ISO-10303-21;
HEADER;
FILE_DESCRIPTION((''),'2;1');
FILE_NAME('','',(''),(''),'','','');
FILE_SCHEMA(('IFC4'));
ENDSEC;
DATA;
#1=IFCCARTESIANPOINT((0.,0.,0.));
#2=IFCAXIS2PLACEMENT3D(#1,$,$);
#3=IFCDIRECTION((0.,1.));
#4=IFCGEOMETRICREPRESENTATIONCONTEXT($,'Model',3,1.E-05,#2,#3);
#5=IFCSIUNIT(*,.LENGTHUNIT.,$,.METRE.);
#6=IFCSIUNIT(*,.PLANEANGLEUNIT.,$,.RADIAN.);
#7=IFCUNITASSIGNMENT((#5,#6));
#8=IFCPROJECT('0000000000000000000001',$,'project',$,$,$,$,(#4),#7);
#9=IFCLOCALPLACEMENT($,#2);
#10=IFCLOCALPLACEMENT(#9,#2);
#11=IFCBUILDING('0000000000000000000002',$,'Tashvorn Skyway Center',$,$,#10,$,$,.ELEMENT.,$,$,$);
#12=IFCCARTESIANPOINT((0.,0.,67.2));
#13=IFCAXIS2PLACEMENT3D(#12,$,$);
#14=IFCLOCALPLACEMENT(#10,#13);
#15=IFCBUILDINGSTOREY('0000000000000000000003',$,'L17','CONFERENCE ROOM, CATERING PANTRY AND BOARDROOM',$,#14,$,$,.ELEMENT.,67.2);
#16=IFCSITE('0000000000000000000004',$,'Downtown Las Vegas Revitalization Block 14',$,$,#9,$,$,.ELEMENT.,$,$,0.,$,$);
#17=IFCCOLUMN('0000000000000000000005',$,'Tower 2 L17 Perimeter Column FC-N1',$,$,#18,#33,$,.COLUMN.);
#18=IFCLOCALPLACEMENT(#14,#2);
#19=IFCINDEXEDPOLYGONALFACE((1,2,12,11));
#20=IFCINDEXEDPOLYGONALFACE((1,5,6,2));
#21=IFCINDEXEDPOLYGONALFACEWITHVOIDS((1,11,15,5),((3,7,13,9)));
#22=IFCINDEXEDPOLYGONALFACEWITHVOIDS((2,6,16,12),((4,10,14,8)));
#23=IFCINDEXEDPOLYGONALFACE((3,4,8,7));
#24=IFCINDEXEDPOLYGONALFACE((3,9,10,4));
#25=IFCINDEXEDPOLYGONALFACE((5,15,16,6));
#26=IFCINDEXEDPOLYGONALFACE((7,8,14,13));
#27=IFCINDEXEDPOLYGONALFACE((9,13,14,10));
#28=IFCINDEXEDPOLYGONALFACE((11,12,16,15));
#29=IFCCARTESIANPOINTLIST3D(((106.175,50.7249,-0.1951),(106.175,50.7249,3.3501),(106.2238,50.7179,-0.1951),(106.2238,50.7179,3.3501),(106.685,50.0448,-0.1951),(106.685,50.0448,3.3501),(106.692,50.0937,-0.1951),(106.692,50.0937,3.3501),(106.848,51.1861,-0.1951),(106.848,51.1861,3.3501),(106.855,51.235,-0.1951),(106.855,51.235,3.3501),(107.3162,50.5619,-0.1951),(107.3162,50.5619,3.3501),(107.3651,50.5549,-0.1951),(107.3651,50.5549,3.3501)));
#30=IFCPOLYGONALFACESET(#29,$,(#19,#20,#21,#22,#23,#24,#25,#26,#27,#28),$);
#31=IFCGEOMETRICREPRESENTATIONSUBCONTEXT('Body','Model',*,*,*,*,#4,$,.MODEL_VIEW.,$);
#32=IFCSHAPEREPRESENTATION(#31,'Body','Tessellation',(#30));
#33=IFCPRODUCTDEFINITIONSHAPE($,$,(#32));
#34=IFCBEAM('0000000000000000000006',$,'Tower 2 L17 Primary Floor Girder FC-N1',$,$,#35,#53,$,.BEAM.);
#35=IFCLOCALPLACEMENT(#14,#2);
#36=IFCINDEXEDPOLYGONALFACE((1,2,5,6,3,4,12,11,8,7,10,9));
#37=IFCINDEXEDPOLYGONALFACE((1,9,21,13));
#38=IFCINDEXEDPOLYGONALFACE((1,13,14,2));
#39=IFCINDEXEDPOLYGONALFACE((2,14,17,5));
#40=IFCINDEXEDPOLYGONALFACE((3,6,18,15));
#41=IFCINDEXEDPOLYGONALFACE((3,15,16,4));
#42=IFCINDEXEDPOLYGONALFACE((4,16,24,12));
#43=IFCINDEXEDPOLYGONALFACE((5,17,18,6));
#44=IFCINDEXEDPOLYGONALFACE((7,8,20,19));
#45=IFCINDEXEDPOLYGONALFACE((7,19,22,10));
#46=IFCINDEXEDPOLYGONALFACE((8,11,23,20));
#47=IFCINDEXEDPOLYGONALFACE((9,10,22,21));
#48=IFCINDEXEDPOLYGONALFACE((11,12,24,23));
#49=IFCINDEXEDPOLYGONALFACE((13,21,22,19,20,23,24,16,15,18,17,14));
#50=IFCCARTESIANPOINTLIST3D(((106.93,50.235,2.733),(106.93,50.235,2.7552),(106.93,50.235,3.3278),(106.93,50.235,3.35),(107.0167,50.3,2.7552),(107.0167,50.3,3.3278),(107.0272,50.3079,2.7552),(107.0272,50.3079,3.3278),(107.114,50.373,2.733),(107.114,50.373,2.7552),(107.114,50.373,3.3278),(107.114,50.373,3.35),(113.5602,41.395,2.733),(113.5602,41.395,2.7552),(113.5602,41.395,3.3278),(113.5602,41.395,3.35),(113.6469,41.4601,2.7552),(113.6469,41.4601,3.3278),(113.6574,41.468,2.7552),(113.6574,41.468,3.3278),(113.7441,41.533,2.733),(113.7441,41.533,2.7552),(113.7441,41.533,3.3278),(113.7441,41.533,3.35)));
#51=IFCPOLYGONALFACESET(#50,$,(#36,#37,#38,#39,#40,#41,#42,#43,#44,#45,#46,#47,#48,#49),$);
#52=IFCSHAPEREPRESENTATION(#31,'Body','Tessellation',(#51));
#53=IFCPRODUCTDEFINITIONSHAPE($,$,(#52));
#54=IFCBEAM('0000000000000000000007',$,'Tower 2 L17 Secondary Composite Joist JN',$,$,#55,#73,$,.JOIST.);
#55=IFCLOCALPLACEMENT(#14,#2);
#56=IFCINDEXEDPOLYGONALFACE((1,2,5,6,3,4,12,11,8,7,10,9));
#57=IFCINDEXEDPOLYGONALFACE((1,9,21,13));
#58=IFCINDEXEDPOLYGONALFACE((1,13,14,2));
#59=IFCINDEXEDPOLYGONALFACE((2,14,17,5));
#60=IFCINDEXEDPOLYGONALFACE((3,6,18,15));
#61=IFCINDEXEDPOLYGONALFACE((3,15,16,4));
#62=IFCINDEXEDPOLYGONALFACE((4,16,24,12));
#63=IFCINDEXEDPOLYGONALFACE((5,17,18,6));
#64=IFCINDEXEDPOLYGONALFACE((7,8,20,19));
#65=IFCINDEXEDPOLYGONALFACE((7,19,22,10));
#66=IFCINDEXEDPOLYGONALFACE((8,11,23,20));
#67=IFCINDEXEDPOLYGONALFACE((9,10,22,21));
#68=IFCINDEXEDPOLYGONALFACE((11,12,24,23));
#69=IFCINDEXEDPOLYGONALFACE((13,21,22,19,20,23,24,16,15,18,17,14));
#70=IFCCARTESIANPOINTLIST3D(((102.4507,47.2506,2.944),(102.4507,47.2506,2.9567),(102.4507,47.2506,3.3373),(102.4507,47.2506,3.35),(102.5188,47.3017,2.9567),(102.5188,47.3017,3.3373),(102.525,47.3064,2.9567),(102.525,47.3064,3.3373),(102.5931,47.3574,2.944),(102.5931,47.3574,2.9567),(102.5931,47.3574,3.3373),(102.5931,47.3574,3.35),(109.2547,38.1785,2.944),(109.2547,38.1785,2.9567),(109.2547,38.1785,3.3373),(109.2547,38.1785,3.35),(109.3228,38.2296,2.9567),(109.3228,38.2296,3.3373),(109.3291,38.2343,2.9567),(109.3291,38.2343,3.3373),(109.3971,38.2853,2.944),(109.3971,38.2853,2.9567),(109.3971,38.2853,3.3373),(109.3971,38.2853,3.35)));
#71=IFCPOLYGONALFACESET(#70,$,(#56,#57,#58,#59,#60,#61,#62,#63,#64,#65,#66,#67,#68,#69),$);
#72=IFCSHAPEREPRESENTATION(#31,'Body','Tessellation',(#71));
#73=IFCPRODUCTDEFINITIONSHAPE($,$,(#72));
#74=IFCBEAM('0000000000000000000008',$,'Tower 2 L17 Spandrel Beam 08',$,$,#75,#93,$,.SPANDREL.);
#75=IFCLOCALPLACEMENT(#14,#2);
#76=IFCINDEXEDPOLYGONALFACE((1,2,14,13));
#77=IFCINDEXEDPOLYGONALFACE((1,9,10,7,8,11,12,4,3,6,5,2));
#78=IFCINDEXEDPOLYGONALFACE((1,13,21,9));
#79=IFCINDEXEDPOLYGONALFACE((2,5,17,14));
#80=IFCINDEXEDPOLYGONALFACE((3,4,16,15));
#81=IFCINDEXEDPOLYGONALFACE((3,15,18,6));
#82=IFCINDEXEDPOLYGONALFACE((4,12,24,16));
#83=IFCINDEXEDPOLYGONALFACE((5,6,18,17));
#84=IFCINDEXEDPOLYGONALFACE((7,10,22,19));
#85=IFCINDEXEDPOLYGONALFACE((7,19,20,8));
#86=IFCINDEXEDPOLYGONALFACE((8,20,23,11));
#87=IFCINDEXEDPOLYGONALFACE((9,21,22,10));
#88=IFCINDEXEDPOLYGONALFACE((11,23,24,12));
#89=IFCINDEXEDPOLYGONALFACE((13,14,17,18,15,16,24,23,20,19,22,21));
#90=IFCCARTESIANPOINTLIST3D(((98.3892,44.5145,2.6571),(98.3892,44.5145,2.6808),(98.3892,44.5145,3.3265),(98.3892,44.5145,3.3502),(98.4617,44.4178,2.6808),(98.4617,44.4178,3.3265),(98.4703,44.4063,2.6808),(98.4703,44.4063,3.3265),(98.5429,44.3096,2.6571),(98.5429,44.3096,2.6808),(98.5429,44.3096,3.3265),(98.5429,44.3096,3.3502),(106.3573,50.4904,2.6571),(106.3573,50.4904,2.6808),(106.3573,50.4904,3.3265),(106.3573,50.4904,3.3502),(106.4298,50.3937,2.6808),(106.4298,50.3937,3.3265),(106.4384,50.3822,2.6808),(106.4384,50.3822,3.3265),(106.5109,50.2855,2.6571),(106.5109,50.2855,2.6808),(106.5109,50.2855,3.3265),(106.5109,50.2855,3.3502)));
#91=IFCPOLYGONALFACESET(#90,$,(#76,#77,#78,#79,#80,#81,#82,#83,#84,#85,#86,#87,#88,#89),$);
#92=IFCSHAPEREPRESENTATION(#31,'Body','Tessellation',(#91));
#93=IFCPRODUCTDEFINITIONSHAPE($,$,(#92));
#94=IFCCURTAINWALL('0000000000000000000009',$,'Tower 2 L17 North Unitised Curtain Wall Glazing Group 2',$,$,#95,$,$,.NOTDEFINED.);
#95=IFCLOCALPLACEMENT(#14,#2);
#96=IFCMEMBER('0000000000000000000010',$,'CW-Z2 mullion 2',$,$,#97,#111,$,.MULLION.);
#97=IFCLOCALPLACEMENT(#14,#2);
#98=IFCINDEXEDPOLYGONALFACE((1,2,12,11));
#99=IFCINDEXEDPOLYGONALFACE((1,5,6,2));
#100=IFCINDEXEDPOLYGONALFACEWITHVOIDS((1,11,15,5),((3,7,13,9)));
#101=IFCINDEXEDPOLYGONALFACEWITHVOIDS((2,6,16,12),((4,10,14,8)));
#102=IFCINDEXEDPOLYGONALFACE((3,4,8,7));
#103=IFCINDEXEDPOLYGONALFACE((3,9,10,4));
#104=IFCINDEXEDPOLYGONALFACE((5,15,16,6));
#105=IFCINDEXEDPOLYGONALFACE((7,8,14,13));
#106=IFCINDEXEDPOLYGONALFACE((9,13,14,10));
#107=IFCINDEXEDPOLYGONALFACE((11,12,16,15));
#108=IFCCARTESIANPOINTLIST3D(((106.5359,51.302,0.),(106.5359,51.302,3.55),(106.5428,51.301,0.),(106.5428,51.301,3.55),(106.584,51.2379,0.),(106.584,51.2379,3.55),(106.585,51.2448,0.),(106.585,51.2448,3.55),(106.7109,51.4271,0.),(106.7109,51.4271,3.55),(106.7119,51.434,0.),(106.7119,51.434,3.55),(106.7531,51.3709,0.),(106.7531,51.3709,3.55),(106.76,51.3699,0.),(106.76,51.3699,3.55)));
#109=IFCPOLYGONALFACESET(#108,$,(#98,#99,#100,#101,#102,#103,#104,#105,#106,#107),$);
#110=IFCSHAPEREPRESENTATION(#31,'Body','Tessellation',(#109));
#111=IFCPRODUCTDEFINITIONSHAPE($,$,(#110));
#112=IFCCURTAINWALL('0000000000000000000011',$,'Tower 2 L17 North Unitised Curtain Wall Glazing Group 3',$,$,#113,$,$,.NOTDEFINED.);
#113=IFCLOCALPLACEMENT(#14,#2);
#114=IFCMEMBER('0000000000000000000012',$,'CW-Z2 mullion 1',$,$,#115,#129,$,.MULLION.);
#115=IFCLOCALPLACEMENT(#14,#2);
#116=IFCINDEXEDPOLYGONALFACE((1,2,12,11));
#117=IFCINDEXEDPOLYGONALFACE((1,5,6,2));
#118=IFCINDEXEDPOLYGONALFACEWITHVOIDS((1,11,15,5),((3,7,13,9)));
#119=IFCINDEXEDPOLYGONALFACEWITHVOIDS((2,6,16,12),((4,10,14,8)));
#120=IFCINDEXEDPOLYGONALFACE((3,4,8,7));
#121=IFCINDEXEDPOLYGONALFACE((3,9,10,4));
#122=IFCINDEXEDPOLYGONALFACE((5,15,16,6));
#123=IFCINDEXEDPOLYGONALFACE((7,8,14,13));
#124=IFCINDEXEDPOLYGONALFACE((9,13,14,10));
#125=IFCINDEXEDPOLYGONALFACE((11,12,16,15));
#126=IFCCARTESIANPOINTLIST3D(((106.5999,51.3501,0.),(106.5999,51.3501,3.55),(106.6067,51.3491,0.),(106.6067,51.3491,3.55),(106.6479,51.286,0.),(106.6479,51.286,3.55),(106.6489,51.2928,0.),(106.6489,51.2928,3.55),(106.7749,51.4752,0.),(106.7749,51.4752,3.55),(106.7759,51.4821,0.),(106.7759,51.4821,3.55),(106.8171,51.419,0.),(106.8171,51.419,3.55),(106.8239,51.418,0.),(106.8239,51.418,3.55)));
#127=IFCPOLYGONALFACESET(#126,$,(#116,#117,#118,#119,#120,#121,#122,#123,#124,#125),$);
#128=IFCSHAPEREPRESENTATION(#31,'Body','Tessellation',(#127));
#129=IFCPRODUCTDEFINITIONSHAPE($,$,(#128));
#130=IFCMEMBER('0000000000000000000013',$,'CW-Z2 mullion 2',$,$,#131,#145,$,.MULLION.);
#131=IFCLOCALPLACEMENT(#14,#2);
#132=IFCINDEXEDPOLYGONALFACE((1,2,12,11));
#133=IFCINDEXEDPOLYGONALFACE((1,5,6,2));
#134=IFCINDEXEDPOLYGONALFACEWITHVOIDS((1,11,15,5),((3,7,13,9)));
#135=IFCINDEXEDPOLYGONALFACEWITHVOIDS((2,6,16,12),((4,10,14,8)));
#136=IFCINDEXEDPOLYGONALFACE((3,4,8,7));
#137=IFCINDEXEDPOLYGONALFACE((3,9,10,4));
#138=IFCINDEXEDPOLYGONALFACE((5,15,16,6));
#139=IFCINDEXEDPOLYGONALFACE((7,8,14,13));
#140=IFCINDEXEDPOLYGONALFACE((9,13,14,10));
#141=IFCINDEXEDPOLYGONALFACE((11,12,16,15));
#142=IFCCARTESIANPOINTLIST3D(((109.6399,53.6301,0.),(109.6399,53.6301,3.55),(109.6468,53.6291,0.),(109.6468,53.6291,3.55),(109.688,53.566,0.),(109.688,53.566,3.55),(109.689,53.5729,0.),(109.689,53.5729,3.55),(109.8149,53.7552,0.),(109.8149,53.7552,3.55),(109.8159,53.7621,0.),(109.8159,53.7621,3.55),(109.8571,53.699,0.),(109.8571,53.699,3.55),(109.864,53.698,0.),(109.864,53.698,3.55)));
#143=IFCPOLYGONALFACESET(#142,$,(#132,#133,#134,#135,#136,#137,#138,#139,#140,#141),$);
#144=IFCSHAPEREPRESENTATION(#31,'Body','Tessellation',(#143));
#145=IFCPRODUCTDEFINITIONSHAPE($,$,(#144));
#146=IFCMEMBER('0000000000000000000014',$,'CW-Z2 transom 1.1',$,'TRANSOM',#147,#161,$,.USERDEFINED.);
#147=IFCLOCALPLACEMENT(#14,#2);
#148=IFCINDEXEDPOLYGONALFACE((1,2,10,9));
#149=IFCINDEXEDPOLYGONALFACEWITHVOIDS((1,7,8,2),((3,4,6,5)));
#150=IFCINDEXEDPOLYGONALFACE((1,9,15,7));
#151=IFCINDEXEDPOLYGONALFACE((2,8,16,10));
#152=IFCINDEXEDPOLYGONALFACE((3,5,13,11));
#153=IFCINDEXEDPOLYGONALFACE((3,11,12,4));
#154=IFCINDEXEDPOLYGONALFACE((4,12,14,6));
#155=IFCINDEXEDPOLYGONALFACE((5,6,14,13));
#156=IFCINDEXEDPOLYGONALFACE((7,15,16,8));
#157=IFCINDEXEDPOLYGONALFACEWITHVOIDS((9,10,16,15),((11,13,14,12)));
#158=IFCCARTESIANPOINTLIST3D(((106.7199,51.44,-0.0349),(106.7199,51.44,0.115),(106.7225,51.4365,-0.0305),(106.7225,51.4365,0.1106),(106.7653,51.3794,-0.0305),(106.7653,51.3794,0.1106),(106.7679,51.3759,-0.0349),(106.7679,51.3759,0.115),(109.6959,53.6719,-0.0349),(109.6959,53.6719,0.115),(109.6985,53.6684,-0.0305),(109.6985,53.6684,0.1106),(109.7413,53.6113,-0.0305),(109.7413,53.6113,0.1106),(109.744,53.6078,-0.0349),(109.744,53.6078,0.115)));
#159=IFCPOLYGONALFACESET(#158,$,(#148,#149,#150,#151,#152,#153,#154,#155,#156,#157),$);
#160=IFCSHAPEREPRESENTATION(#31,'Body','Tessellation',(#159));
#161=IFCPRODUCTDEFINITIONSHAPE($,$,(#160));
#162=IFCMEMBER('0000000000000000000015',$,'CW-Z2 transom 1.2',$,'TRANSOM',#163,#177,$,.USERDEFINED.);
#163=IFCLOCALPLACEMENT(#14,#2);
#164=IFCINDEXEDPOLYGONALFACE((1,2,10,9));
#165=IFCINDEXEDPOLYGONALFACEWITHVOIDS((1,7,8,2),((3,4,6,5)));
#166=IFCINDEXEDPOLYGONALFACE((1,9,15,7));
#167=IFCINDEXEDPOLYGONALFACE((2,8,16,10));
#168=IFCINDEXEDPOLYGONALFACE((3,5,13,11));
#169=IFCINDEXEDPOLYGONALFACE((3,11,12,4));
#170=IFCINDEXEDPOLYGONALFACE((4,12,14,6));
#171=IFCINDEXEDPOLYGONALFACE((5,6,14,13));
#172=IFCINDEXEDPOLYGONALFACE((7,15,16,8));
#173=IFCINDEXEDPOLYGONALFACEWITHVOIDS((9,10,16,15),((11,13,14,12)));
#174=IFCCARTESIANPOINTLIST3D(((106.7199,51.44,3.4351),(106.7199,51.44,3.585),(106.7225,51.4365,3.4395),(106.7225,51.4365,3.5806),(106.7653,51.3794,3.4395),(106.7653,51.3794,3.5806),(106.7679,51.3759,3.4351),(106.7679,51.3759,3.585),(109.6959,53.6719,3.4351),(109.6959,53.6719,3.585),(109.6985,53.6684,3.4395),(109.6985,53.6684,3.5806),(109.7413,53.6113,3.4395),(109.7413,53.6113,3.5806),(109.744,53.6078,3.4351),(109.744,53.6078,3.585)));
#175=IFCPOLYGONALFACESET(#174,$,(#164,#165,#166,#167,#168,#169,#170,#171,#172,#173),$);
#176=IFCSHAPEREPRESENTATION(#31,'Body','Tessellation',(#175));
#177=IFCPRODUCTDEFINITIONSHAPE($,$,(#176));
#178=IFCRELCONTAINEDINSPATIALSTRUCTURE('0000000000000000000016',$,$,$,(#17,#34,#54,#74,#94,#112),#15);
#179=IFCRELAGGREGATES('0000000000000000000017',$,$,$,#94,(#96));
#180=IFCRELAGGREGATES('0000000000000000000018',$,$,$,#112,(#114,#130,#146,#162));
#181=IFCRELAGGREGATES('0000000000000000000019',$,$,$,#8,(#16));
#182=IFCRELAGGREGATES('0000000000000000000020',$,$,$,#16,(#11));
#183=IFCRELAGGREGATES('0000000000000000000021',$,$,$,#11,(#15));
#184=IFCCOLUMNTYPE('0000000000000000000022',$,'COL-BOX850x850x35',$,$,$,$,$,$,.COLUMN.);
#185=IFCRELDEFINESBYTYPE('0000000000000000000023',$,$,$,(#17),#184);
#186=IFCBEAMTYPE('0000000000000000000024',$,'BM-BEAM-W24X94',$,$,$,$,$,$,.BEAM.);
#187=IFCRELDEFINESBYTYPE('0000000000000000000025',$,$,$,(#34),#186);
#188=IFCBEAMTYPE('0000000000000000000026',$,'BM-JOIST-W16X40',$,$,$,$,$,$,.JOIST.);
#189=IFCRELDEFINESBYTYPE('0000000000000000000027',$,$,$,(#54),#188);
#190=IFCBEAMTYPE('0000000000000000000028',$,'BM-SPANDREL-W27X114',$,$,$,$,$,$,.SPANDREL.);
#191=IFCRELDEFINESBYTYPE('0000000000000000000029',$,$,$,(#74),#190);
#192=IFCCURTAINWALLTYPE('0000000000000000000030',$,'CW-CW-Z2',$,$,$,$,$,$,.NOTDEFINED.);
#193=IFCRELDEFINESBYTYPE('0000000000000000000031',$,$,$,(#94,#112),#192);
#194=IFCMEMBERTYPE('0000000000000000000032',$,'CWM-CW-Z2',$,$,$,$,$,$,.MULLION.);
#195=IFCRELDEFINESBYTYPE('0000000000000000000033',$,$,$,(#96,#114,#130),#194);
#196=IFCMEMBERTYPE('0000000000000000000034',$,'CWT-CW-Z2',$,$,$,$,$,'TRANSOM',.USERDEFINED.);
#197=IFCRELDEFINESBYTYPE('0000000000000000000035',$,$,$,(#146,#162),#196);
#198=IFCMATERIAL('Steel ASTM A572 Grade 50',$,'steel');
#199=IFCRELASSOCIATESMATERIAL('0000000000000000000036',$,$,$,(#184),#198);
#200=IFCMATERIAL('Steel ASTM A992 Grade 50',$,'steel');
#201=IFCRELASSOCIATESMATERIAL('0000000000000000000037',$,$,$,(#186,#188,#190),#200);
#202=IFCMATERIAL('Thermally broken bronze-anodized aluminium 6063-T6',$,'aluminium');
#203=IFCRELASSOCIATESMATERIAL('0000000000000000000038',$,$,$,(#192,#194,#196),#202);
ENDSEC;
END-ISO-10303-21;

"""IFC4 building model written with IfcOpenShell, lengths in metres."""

from ifc_helpers import new_model, si_unit, direction, frame, origin, origin_2d, place, context, subcontext, project, spatial, hollow_rectangle, i_section, extrude, material, material_profile, profile_set, type_object, element, aggregate, save


model = new_model("IFC4")

# Units and contexts
model_context = context("Model", 3, precision=1e-05, world=origin(), true_north=direction((0.0, 1.0)))
body_context = subcontext(model_context, "Body", "Model", "MODEL_VIEW")
ifc_project = project(units=[si_unit("LENGTHUNIT", "METRE"), si_unit("PLANEANGLEUNIT", "RADIAN")], contexts=[model_context])

# Site, building, storey
site_placement = place(None, origin())
site = spatial("IfcSite", under=ifc_project, at=site_placement, Name="Downtown Las Vegas Revitalization Block 14", CompositionType="ELEMENT", RefElevation=0.0)
building_placement = place(site_placement, origin())
building = spatial("IfcBuilding", under=site, at=building_placement, Name="Tashvorn Skyway Center", CompositionType="ELEMENT")
storey_placement = place(building_placement, frame((0.0, 0.0, 67.2)))
storey = spatial("IfcBuildingStorey", under=building, at=storey_placement, Name="L17", Description="CONFERENCE ROOM, CATERING PANTRY AND BOARDROOM", CompositionType="ELEMENT", Elevation=67.2)

# Column
ifc_material_1 = material(Name="Steel ASTM A572 Grade 50", Category="steel")
ifc_material_profile_1 = material_profile(ifc_material_1, hollow_rectangle(XDim=0.8501, YDim=0.8501, WallThickness=0.0349, at=origin_2d()), Name="BOX850x850x35")
ifc_profile_set_1 = profile_set([ifc_material_profile_1], Name="Steel ASTM A572 Grade 50")
column_type = type_object("IfcColumnType", Name="COL-BOX850x850x35", PredefinedType="COLUMN", material=ifc_profile_set_1)
column_placement = place(storey_placement, frame((106.77, 50.6399, -0.1951), z_axis=(0.0, 0.0, 1.0), x_axis=(0.8, 0.6, 0.0)))
element("IfcColumn", 1, at=column_placement, inside=storey, type_object=column_type, Name="Tower 2 L17 Perimeter Column FC-N1", PredefinedType="COLUMN", context=body_context, shape_type="SweptSolid", body=[
    extrude(hollow_rectangle(XDim=0.8501, YDim=0.8501, WallThickness=0.0349, at=origin_2d()), origin(), (0.0, 0.0, 1.0), 3.5452),
])

# Beams
ifc_material_2 = material(Name="Steel ASTM A992 Grade 50", Category="steel")
ifc_material_profile_2 = material_profile(ifc_material_2, i_section(OverallWidth=0.23, OverallDepth=0.6169, WebThickness=0.0132, FlangeThickness=0.0222, at=origin_2d()), Name="W24X94")
ifc_profile_set_2 = profile_set([ifc_material_profile_2], Name="Steel ASTM A992 Grade 50")
beam_type_1 = type_object("IfcBeamType", Name="BM-BEAM-W24X94", PredefinedType="BEAM", material=ifc_profile_set_2)
beam_1_placement = place(storey_placement, frame((107.022, 50.304, 3.0415), z_axis=(0.600014, -0.799989, 0.0), x_axis=(0.799989, 0.600014, 0.0)))
element("IfcBeam", 2, at=beam_1_placement, inside=storey, type_object=beam_type_1, Name="Tower 2 L17 Primary Floor Girder FC-N1", PredefinedType="BEAM", context=body_context, shape_type="SweptSolid", body=[
    extrude(i_section(OverallWidth=0.23, OverallDepth=0.6169, WebThickness=0.0132, FlangeThickness=0.0222, at=origin_2d()), origin(), (0.0, 0.0, 1.0), 11.05),
])
ifc_material_profile_3 = material_profile(ifc_material_2, i_section(OverallWidth=0.178, OverallDepth=0.406, WebThickness=0.0078, FlangeThickness=0.0127, at=origin_2d()), Name="W16X40")
ifc_profile_set_3 = profile_set([ifc_material_profile_3], Name="Steel ASTM A992 Grade 50")
beam_type_2 = type_object("IfcBeamType", Name="BM-JOIST-W16X40", PredefinedType="JOIST", material=ifc_profile_set_3)
beam_2_placement = place(storey_placement, frame((109.3259, 38.2319, 3.147), z_axis=(-0.599997, 0.800003, 0.0), x_axis=(-0.800003, -0.599997, 0.0)))
element("IfcBeam", 3, at=beam_2_placement, inside=storey, type_object=beam_type_2, Name="Tower 2 L17 Secondary Composite Joist JN", PredefinedType="JOIST", context=body_context, shape_type="SweptSolid", body=[
    extrude(i_section(OverallWidth=0.178, OverallDepth=0.406, WebThickness=0.0078, FlangeThickness=0.0127, at=origin_2d()), origin(), (0.0, 0.0, 1.0), 11.3401),
])
ifc_material_profile_4 = material_profile(ifc_material_2, i_section(OverallWidth=0.2561, OverallDepth=0.6931, WebThickness=0.0144, FlangeThickness=0.0237, at=origin_2d()), Name="W27X114")
ifc_profile_set_4 = profile_set([ifc_material_profile_4], Name="Steel ASTM A992 Grade 50")
beam_type_3 = type_object("IfcBeamType", Name="BM-SPANDREL-W27X114", PredefinedType="SPANDREL", material=ifc_profile_set_4)
beam_3_placement = place(storey_placement, frame((106.4341, 50.3879, 3.0037), z_axis=(-0.800009, -0.599988, 0.0), x_axis=(0.599988, -0.800009, 0.0)))
element("IfcBeam", 4, at=beam_3_placement, inside=storey, type_object=beam_type_3, Name="Tower 2 L17 Spandrel Beam 08", PredefinedType="SPANDREL", context=body_context, shape_type="SweptSolid", body=[
    extrude(i_section(OverallWidth=0.2561, OverallDepth=0.6931, WebThickness=0.0144, FlangeThickness=0.0237, at=origin_2d()), origin(), (0.0, 0.0, 1.0), 9.96),
])

# Curtain wall, member
ifc_material_3 = material(Name="Thermally broken bronze-anodized aluminium 6063-T6", Category="aluminium")
curtain_wall_type = type_object("IfcCurtainWallType", Name="CW-CW-Z2", PredefinedType="NOTDEFINED", material=ifc_material_3)
curtain_wall_1_placement = place(storey_placement, origin())
curtain_wall_1 = element("IfcCurtainWall", 5, at=curtain_wall_1_placement, inside=storey, type_object=curtain_wall_type, Name="Tower 2 L17 North Unitised Curtain Wall Glazing Group 2", PredefinedType="NOTDEFINED")
ifc_material_profile_5 = material_profile(ifc_material_3, hollow_rectangle(XDim=0.0801, YDim=0.22, WallThickness=0.0049, at=origin_2d()), Name="ALU-MULL-80x220")
ifc_profile_set_5 = profile_set([ifc_material_profile_5], Name="Thermally broken bronze-anodized aluminium 6063-T6")
member_type_1 = type_object("IfcMemberType", Name="CWM-CW-Z2", PredefinedType="MULLION", material=ifc_profile_set_5)
member_1_placement = place(storey_placement, frame((106.6479, 51.3359, 0.0), z_axis=(0.0, 0.0, 1.0), x_axis=(-0.6, 0.8, 0.0)))
member_1 = element("IfcMember", 6, at=member_1_placement, type_object=member_type_1, Name="CW-Z2 mullion 2", PredefinedType="MULLION", context=body_context, shape_type="SweptSolid", body=[
    extrude(hollow_rectangle(XDim=0.0801, YDim=0.22, WallThickness=0.0049, at=origin_2d()), origin(), (0.0, 0.0, 1.0), 3.55),
])

# Curtain wall, members
curtain_wall_2_placement = place(storey_placement, origin())
curtain_wall_2 = element("IfcCurtainWall", 7, at=curtain_wall_2_placement, inside=storey, type_object=curtain_wall_type, Name="Tower 2 L17 North Unitised Curtain Wall Glazing Group 3", PredefinedType="NOTDEFINED")
member_2_placement = place(storey_placement, frame((106.7119, 51.384, 0.0), z_axis=(0.0, 0.0, 1.0), x_axis=(-0.6, 0.8, 0.0)))
member_2 = element("IfcMember", 8, at=member_2_placement, type_object=member_type_1, Name="CW-Z2 mullion 1", PredefinedType="MULLION", context=body_context, shape_type="SweptSolid", body=[
    extrude(hollow_rectangle(XDim=0.0801, YDim=0.22, WallThickness=0.0049, at=origin_2d()), origin(), (0.0, 0.0, 1.0), 3.55),
])
member_3_placement = place(storey_placement, frame((109.752, 53.6641, 0.0), z_axis=(0.0, 0.0, 1.0), x_axis=(-0.6, 0.8, 0.0)))
member_3 = element("IfcMember", 9, at=member_3_placement, type_object=member_type_1, Name="CW-Z2 mullion 2", PredefinedType="MULLION", context=body_context, shape_type="SweptSolid", body=[
    extrude(hollow_rectangle(XDim=0.0801, YDim=0.22, WallThickness=0.0049, at=origin_2d()), origin(), (0.0, 0.0, 1.0), 3.55),
])
ifc_material_profile_6 = material_profile(ifc_material_3, hollow_rectangle(XDim=0.0801, YDim=0.1499, WallThickness=0.0044, at=origin_2d()), Name="ALU-TRAN-80x150")
ifc_profile_set_6 = profile_set([ifc_material_profile_6], Name="Thermally broken bronze-anodized aluminium 6063-T6")
member_type_2 = type_object("IfcMemberType", Name="CWT-CW-Z2", ElementType="TRANSOM", PredefinedType="USERDEFINED", material=ifc_profile_set_6)
member_4_placement = place(storey_placement, frame((106.7439, 51.408, 0.04), z_axis=(0.800016, 0.599979, 0.0), x_axis=(-0.599979, 0.800016, 0.0)))
member_4 = element("IfcMember", 10, at=member_4_placement, type_object=member_type_2, Name="CW-Z2 transom 1.1", ObjectType="TRANSOM", PredefinedType="USERDEFINED", context=body_context, shape_type="SweptSolid", body=[
    extrude(hollow_rectangle(XDim=0.0801, YDim=0.1499, WallThickness=0.0044, at=origin_2d()), origin(), (0.0, 0.0, 1.0), 3.72),
])
member_5_placement = place(storey_placement, frame((106.7439, 51.408, 3.51), z_axis=(0.800016, 0.599979, 0.0), x_axis=(-0.599979, 0.800016, 0.0)))
member_5 = element("IfcMember", 11, at=member_5_placement, type_object=member_type_2, Name="CW-Z2 transom 1.2", ObjectType="TRANSOM", PredefinedType="USERDEFINED", context=body_context, shape_type="SweptSolid", body=[
    extrude(hollow_rectangle(XDim=0.0801, YDim=0.1499, WallThickness=0.0044, at=origin_2d()), origin(), (0.0, 0.0, 1.0), 3.72),
])

aggregate(curtain_wall_1, [member_1])
aggregate(curtain_wall_2, [member_2, member_3, member_4, member_5])

save(model, "model.ifc")
